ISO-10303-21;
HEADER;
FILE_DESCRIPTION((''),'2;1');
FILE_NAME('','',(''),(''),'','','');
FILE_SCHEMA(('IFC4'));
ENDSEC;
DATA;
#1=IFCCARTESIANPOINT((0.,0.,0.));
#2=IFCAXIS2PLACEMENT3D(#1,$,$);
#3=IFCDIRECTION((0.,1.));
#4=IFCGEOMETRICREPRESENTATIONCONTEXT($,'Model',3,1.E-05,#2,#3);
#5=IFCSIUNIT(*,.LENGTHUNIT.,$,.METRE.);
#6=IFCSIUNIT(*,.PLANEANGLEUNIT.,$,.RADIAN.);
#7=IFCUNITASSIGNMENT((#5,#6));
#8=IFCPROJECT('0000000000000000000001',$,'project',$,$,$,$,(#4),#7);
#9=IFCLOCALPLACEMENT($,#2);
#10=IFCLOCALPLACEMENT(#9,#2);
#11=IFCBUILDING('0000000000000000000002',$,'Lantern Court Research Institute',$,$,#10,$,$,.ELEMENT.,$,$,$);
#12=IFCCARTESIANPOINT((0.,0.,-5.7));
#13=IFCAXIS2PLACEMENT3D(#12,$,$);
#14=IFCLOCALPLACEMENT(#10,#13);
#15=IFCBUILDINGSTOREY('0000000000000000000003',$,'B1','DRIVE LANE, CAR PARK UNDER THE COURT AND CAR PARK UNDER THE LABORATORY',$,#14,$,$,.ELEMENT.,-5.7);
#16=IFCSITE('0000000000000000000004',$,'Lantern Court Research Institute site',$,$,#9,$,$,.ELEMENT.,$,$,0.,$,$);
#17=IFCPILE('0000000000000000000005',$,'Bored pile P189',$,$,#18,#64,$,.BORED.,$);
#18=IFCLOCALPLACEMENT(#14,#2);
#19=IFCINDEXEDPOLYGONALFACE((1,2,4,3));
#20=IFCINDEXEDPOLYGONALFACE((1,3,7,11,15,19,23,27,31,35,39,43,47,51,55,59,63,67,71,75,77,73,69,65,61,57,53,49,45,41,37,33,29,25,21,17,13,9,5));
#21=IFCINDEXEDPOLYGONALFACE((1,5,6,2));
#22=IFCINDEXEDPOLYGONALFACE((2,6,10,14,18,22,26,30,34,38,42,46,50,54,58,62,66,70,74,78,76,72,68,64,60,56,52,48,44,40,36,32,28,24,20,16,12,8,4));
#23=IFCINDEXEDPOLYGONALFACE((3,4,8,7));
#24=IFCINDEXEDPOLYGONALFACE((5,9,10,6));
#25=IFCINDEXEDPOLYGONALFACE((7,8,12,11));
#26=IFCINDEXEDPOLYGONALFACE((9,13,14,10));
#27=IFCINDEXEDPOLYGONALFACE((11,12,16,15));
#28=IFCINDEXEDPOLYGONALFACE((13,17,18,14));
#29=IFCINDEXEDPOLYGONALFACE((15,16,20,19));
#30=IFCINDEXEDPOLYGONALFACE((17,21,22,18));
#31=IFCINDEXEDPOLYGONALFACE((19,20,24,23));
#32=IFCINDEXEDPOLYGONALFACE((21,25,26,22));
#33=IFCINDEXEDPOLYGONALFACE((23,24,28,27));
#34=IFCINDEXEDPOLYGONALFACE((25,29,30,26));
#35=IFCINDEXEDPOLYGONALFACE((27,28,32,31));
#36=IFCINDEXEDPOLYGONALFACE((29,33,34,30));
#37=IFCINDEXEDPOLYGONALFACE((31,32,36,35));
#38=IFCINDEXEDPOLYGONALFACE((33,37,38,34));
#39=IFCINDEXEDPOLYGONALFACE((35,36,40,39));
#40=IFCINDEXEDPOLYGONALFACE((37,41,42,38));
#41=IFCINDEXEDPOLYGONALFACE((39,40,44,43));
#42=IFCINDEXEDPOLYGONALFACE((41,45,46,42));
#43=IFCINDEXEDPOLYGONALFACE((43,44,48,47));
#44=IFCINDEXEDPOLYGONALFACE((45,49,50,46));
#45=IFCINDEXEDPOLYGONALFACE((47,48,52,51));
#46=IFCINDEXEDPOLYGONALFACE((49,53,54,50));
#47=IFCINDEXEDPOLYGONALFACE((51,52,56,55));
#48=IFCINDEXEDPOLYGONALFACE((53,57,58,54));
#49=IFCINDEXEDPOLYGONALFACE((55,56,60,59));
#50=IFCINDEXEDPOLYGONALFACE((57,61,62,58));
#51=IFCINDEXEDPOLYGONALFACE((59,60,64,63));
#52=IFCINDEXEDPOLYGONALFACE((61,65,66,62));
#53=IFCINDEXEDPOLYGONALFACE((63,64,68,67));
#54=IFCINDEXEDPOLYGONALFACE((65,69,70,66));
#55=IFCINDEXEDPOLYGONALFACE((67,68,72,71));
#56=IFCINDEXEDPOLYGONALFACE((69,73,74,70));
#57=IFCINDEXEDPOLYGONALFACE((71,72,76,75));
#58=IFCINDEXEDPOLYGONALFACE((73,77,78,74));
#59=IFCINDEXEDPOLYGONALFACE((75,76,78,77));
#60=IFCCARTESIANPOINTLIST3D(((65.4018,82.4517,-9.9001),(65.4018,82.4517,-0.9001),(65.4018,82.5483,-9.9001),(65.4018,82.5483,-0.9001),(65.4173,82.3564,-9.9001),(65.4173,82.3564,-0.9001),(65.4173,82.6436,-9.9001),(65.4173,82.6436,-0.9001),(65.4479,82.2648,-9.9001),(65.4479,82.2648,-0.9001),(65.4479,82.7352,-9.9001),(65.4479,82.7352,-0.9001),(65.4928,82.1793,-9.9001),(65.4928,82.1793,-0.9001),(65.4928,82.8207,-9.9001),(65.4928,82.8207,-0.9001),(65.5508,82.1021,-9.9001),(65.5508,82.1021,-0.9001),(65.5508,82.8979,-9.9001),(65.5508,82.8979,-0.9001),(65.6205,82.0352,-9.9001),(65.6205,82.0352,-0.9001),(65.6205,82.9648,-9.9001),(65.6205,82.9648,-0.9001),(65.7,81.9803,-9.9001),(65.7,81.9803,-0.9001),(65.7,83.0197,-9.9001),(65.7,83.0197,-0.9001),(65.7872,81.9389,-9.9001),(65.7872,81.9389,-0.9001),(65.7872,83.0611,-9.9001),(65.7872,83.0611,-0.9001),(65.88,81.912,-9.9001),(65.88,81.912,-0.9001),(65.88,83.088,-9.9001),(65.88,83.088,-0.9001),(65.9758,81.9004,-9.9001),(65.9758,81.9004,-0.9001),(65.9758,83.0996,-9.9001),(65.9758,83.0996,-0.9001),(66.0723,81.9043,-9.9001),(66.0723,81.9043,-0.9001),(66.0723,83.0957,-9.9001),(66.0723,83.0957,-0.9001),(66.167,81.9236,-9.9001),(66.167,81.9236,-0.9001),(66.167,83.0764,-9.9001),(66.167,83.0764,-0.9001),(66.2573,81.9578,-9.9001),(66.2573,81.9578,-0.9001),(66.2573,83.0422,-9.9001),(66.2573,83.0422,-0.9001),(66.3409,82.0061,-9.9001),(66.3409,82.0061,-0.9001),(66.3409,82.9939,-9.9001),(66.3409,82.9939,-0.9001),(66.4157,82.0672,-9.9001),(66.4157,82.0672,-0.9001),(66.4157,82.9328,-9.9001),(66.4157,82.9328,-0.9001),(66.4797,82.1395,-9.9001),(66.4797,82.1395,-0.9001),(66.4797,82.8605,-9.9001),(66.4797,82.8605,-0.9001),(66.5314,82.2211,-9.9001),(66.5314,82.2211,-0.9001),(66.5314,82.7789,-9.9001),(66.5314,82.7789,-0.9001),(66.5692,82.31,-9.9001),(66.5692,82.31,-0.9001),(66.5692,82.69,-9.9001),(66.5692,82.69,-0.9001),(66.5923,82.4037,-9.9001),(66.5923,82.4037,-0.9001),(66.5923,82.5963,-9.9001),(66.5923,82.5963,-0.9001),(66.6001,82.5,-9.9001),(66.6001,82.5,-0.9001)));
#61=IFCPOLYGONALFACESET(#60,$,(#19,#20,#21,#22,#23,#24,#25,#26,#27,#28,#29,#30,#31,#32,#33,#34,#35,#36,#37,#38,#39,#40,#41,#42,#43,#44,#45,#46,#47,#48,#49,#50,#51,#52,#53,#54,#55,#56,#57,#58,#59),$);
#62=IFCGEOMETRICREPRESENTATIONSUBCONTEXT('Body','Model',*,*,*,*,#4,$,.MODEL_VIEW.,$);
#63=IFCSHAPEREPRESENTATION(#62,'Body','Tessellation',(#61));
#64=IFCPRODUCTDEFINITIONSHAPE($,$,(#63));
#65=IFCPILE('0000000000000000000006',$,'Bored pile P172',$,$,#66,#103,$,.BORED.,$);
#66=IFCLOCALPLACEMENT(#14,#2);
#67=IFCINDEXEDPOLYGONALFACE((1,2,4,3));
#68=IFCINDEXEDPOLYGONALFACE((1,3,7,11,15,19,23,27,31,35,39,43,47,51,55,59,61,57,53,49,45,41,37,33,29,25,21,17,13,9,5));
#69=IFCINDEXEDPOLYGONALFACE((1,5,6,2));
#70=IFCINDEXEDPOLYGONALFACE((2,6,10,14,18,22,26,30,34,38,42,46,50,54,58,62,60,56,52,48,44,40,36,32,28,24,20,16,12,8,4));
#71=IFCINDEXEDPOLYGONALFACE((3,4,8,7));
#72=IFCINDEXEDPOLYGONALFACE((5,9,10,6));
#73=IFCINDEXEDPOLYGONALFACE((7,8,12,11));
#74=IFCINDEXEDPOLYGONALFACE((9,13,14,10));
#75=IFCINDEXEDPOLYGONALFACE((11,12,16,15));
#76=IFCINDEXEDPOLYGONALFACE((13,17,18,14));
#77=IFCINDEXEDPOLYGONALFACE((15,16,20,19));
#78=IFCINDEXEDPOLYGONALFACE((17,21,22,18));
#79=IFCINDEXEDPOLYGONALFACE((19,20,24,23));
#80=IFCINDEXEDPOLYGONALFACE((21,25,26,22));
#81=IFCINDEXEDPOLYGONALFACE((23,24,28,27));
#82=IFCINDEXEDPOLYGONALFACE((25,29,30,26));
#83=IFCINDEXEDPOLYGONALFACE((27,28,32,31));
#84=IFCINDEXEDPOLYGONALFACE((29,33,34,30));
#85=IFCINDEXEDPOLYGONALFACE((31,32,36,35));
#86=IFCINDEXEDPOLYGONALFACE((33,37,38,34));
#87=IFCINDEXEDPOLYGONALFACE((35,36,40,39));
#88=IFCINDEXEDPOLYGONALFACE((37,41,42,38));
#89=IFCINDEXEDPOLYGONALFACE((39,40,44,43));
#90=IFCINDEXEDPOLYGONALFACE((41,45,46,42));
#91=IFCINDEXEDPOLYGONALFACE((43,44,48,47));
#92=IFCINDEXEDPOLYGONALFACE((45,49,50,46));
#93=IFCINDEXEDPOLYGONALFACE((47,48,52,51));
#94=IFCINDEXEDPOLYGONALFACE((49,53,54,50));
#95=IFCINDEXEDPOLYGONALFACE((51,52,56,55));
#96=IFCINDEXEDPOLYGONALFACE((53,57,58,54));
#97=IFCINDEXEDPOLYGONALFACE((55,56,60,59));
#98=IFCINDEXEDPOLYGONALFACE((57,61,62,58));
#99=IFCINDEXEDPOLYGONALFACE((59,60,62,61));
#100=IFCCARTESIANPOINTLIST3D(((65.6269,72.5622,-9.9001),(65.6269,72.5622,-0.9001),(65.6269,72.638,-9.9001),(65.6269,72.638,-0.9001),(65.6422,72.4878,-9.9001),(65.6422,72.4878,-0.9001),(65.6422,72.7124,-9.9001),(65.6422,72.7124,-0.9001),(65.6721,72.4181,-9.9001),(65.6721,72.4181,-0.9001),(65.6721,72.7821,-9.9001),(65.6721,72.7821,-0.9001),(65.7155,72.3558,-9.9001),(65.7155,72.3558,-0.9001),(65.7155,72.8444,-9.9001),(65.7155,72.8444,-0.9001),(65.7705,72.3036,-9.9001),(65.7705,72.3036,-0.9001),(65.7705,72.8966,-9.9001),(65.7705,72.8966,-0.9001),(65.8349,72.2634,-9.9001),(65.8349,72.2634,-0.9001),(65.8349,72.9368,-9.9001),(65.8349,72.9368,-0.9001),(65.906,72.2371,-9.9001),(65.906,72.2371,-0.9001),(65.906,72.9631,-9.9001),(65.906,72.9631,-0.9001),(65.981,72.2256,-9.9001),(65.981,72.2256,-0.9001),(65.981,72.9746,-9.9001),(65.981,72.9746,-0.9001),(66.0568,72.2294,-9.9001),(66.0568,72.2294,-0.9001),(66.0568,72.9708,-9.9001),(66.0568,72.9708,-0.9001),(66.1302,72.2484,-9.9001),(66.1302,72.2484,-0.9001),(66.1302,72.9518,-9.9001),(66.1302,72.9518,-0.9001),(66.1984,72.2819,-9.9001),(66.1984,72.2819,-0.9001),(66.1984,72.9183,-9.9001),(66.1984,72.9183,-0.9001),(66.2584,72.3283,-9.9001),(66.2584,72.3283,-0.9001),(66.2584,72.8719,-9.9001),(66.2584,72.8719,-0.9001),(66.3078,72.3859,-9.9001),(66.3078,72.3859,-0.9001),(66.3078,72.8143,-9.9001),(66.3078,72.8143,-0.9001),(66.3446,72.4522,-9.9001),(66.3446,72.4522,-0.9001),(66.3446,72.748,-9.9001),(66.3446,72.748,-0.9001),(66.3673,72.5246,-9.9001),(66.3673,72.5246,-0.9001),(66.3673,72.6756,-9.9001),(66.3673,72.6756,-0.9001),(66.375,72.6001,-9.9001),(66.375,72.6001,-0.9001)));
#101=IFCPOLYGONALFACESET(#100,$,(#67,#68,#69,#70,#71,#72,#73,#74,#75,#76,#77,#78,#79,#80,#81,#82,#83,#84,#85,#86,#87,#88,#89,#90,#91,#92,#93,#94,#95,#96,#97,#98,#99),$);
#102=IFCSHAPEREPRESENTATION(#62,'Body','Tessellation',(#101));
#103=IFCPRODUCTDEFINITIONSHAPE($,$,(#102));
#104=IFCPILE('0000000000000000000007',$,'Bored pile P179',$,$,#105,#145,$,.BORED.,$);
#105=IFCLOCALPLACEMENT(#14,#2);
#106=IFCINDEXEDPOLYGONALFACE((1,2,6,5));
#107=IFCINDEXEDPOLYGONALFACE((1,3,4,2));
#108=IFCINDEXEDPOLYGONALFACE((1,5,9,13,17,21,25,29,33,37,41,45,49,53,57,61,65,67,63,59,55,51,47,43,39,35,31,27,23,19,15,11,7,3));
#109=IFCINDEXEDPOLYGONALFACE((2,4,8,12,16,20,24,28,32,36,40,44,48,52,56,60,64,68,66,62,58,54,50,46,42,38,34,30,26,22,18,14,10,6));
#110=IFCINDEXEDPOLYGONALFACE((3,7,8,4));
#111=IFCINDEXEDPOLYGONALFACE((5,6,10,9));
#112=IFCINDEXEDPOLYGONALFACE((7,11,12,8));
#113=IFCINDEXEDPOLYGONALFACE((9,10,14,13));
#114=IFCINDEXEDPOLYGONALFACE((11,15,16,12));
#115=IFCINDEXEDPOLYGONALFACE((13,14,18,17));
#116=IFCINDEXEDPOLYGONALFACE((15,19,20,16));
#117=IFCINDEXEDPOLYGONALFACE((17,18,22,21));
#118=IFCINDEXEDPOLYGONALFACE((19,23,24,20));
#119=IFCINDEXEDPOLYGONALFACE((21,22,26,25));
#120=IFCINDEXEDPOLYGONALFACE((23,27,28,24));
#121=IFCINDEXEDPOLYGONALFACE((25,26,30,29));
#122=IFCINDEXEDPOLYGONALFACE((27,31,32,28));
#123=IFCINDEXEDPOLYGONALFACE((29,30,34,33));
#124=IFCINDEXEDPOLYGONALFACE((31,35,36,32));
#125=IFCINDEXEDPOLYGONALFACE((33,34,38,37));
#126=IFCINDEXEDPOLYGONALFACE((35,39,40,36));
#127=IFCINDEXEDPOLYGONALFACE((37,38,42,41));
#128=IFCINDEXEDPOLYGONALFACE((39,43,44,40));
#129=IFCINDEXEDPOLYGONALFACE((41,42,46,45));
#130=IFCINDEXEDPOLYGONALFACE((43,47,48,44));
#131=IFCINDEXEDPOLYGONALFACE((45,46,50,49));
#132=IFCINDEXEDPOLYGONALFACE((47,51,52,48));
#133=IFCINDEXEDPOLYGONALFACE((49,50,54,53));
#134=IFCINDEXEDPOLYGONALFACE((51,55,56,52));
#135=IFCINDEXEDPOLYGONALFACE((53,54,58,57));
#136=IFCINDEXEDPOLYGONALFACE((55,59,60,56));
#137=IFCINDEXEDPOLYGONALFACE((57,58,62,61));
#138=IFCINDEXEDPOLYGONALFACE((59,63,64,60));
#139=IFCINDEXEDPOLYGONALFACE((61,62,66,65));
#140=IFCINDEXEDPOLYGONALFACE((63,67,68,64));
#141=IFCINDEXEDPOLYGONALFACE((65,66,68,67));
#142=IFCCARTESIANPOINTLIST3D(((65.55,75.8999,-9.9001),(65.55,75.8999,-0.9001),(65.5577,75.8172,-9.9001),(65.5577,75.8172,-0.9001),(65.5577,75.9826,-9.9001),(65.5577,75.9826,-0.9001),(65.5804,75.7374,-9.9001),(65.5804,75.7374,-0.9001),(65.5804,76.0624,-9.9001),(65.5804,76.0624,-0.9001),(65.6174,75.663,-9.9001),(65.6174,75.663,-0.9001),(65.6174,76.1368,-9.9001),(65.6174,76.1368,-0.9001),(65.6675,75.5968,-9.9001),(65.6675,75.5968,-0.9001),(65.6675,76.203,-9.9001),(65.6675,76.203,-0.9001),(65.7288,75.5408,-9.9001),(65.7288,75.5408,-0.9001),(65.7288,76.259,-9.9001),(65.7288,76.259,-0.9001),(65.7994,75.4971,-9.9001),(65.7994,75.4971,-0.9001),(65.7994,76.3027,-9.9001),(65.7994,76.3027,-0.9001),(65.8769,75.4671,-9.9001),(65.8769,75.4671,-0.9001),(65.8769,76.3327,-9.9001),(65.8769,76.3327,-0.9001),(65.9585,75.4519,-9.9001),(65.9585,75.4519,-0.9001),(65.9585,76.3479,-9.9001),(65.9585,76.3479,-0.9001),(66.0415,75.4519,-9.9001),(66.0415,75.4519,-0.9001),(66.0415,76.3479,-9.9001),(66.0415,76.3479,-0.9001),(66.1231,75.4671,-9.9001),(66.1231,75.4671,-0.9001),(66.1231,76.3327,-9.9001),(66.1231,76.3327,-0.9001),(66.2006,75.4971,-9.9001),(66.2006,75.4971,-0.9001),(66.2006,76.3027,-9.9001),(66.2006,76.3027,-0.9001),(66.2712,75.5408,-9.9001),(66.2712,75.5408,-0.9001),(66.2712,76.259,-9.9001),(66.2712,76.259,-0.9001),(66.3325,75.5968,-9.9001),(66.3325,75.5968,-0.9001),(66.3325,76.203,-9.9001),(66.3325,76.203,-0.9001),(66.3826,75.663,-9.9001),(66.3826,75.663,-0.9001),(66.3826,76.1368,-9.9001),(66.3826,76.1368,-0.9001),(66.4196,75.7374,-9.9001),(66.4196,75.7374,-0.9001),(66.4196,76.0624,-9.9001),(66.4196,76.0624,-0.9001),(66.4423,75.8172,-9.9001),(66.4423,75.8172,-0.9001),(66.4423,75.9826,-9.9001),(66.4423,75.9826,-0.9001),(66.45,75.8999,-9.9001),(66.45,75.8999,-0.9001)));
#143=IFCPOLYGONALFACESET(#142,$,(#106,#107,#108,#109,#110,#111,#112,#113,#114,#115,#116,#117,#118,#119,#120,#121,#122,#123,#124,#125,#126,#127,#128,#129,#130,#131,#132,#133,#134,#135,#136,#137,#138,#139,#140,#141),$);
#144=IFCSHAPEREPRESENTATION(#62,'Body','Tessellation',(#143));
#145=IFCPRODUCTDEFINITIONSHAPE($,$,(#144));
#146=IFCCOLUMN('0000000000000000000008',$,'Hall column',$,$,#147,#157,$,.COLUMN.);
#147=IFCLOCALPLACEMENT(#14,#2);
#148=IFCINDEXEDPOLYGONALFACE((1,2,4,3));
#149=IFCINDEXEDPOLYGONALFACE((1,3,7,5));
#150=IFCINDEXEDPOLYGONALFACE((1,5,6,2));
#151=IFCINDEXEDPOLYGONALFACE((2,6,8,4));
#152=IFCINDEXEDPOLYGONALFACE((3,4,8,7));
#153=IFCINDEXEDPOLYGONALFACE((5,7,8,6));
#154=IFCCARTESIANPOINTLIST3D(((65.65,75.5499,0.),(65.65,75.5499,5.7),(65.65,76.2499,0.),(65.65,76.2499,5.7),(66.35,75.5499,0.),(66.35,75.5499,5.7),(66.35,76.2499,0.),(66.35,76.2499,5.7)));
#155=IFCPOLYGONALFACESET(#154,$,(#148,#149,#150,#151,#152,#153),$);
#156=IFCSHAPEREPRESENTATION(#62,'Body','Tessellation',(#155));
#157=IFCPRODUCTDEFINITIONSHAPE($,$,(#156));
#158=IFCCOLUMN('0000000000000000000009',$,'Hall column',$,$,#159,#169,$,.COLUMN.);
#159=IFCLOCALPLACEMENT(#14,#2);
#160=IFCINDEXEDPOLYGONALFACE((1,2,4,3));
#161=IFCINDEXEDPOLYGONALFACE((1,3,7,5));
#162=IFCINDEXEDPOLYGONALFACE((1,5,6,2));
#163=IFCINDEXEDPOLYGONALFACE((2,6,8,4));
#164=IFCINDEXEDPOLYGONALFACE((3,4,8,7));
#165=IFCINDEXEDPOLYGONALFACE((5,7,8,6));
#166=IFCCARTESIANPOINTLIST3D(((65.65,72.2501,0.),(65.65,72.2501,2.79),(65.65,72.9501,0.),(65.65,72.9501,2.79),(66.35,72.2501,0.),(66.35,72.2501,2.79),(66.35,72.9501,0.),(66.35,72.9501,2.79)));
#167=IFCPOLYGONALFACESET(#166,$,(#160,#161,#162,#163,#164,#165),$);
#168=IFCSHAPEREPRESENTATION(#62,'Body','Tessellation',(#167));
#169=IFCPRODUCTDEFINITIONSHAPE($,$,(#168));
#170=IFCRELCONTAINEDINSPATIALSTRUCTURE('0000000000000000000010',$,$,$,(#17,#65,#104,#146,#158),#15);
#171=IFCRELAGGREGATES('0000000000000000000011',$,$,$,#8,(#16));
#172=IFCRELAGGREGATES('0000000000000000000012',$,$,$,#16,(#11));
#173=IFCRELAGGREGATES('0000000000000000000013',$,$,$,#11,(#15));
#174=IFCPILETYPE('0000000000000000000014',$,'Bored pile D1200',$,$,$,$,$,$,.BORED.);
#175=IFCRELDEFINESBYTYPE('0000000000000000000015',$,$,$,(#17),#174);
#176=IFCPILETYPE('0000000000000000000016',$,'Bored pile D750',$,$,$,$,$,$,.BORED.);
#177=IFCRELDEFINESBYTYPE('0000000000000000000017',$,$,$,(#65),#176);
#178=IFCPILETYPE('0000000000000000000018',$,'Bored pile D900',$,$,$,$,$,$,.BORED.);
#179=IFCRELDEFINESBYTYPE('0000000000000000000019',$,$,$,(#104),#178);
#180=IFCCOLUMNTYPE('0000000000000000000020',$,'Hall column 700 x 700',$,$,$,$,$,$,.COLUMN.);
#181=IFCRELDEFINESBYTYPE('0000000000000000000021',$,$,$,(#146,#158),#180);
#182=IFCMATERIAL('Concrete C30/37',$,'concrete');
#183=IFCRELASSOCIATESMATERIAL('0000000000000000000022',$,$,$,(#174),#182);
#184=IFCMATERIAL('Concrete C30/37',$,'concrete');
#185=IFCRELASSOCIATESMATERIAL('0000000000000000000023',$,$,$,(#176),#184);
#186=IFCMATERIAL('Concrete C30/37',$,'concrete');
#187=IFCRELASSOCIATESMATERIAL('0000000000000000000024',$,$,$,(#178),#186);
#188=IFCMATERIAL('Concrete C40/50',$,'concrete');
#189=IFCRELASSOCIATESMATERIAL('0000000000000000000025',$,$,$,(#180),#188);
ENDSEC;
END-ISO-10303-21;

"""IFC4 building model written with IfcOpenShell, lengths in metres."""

from ifc_helpers import new_model, si_unit, direction, frame, origin, origin_2d, place, context, subcontext, project, spatial, rectangle, circle, extrude, material, material_profile, profile_set, type_object, element, save


model = new_model("IFC4")

# Units and contexts
model_context = context("Model", 3, precision=1e-05, world=origin(), true_north=direction((0.0, 1.0)))
body_context = subcontext(model_context, "Body", "Model", "MODEL_VIEW")
ifc_project = project(units=[si_unit("LENGTHUNIT", "METRE"), si_unit("PLANEANGLEUNIT", "RADIAN")], contexts=[model_context])

# Site, building, storey
site_placement = place(None, origin())
site = spatial("IfcSite", under=ifc_project, at=site_placement, Name="Lantern Court Research Institute site", CompositionType="ELEMENT", RefElevation=0.0)
building_placement = place(site_placement, origin())
building = spatial("IfcBuilding", under=site, at=building_placement, Name="Lantern Court Research Institute", CompositionType="ELEMENT")
storey_placement = place(building_placement, frame((0.0, 0.0, -5.7)))
storey = spatial("IfcBuildingStorey", under=building, at=storey_placement, Name="B1", Description="DRIVE LANE, CAR PARK UNDER THE COURT AND CAR PARK UNDER THE LABORATORY", CompositionType="ELEMENT", Elevation=-5.7)

# Piles
ifc_material_1 = material(Name="Concrete C30/37", Category="concrete")
ifc_material_profile_1 = material_profile(ifc_material_1, circle(Radius=0.6001, at=origin_2d()), Name="Bored pile D1200")
ifc_profile_set_1 = profile_set([ifc_material_profile_1], Name="Concrete C30/37")
pile_type_1 = type_object("IfcPileType", Name="Bored pile D1200", PredefinedType="BORED", material=ifc_profile_set_1)
pile_1_placement = place(storey_placement, frame((66.0, 82.5, -0.9001), z_axis=(0.0, 0.0, -1.0), x_axis=(1.0, 0.0, 0.0)))
element("IfcPile", 1, at=pile_1_placement, inside=storey, type_object=pile_type_1, Name="Bored pile P189", PredefinedType="BORED", context=body_context, shape_type="SweptSolid", body=[
    extrude(circle(Radius=0.6001, at=origin_2d()), origin(), (0.0, 0.0, 1.0), 9.0),
])
ifc_material_2 = material(Name="Concrete C30/37", Category="concrete")
ifc_material_profile_2 = material_profile(ifc_material_2, circle(Radius=0.375, at=origin_2d()), Name="Bored pile D750")
ifc_profile_set_2 = profile_set([ifc_material_profile_2], Name="Concrete C30/37")
pile_type_2 = type_object("IfcPileType", Name="Bored pile D750", PredefinedType="BORED", material=ifc_profile_set_2)
pile_2_placement = place(storey_placement, frame((66.0, 72.6001, -0.9001), z_axis=(0.0, 0.0, -1.0), x_axis=(1.0, 0.0, 0.0)))
element("IfcPile", 2, at=pile_2_placement, inside=storey, type_object=pile_type_2, Name="Bored pile P172", PredefinedType="BORED", context=body_context, shape_type="SweptSolid", body=[
    extrude(circle(Radius=0.375, at=origin_2d()), origin(), (0.0, 0.0, 1.0), 9.0),
])
ifc_material_3 = material(Name="Concrete C30/37", Category="concrete")
ifc_material_profile_3 = material_profile(ifc_material_3, circle(Radius=0.45, at=origin_2d()), Name="Bored pile D900")
ifc_profile_set_3 = profile_set([ifc_material_profile_3], Name="Concrete C30/37")
pile_type_3 = type_object("IfcPileType", Name="Bored pile D900", PredefinedType="BORED", material=ifc_profile_set_3)
pile_3_placement = place(storey_placement, frame((66.0, 75.8999, -0.9001), z_axis=(0.0, 0.0, -1.0), x_axis=(1.0, 0.0, 0.0)))
element("IfcPile", 3, at=pile_3_placement, inside=storey, type_object=pile_type_3, Name="Bored pile P179", PredefinedType="BORED", context=body_context, shape_type="SweptSolid", body=[
    extrude(circle(Radius=0.45, at=origin_2d()), origin(), (0.0, 0.0, 1.0), 9.0),
])

# Columns
ifc_material_4 = material(Name="Concrete C40/50", Category="concrete")
ifc_material_profile_4 = material_profile(ifc_material_4, rectangle(XDim=0.7, YDim=0.7, at=origin_2d()), Name="Hall column 700 x 700")
ifc_profile_set_4 = profile_set([ifc_material_profile_4], Name="Concrete C40/50")
column_type_1 = type_object("IfcColumnType", Name="Hall column 700 x 700", PredefinedType="COLUMN", material=ifc_profile_set_4)
column_1_placement = place(storey_placement, frame((66.0, 75.8999, 0.0), z_axis=(0.0, 0.0, 1.0), x_axis=(1.0, 0.0, 0.0)))
element("IfcColumn", 4, at=column_1_placement, inside=storey, type_object=column_type_1, Name="Hall column", PredefinedType="COLUMN", context=body_context, shape_type="SweptSolid", body=[
    extrude(rectangle(XDim=0.7, YDim=0.7, at=origin_2d()), origin(), (0.0, 0.0, 1.0), 5.7),
])
column_2_placement = place(storey_placement, frame((66.0, 72.6001, 0.0), z_axis=(0.0, 0.0, 1.0), x_axis=(1.0, 0.0, 0.0)))
element("IfcColumn", 5, at=column_2_placement, inside=storey, type_object=column_type_1, Name="Hall column", PredefinedType="COLUMN", context=body_context, shape_type="SweptSolid", body=[
    extrude(rectangle(XDim=0.7, YDim=0.7, at=origin_2d()), origin(), (0.0, 0.0, 1.0), 2.79),
])

save(model, "model.ifc")
